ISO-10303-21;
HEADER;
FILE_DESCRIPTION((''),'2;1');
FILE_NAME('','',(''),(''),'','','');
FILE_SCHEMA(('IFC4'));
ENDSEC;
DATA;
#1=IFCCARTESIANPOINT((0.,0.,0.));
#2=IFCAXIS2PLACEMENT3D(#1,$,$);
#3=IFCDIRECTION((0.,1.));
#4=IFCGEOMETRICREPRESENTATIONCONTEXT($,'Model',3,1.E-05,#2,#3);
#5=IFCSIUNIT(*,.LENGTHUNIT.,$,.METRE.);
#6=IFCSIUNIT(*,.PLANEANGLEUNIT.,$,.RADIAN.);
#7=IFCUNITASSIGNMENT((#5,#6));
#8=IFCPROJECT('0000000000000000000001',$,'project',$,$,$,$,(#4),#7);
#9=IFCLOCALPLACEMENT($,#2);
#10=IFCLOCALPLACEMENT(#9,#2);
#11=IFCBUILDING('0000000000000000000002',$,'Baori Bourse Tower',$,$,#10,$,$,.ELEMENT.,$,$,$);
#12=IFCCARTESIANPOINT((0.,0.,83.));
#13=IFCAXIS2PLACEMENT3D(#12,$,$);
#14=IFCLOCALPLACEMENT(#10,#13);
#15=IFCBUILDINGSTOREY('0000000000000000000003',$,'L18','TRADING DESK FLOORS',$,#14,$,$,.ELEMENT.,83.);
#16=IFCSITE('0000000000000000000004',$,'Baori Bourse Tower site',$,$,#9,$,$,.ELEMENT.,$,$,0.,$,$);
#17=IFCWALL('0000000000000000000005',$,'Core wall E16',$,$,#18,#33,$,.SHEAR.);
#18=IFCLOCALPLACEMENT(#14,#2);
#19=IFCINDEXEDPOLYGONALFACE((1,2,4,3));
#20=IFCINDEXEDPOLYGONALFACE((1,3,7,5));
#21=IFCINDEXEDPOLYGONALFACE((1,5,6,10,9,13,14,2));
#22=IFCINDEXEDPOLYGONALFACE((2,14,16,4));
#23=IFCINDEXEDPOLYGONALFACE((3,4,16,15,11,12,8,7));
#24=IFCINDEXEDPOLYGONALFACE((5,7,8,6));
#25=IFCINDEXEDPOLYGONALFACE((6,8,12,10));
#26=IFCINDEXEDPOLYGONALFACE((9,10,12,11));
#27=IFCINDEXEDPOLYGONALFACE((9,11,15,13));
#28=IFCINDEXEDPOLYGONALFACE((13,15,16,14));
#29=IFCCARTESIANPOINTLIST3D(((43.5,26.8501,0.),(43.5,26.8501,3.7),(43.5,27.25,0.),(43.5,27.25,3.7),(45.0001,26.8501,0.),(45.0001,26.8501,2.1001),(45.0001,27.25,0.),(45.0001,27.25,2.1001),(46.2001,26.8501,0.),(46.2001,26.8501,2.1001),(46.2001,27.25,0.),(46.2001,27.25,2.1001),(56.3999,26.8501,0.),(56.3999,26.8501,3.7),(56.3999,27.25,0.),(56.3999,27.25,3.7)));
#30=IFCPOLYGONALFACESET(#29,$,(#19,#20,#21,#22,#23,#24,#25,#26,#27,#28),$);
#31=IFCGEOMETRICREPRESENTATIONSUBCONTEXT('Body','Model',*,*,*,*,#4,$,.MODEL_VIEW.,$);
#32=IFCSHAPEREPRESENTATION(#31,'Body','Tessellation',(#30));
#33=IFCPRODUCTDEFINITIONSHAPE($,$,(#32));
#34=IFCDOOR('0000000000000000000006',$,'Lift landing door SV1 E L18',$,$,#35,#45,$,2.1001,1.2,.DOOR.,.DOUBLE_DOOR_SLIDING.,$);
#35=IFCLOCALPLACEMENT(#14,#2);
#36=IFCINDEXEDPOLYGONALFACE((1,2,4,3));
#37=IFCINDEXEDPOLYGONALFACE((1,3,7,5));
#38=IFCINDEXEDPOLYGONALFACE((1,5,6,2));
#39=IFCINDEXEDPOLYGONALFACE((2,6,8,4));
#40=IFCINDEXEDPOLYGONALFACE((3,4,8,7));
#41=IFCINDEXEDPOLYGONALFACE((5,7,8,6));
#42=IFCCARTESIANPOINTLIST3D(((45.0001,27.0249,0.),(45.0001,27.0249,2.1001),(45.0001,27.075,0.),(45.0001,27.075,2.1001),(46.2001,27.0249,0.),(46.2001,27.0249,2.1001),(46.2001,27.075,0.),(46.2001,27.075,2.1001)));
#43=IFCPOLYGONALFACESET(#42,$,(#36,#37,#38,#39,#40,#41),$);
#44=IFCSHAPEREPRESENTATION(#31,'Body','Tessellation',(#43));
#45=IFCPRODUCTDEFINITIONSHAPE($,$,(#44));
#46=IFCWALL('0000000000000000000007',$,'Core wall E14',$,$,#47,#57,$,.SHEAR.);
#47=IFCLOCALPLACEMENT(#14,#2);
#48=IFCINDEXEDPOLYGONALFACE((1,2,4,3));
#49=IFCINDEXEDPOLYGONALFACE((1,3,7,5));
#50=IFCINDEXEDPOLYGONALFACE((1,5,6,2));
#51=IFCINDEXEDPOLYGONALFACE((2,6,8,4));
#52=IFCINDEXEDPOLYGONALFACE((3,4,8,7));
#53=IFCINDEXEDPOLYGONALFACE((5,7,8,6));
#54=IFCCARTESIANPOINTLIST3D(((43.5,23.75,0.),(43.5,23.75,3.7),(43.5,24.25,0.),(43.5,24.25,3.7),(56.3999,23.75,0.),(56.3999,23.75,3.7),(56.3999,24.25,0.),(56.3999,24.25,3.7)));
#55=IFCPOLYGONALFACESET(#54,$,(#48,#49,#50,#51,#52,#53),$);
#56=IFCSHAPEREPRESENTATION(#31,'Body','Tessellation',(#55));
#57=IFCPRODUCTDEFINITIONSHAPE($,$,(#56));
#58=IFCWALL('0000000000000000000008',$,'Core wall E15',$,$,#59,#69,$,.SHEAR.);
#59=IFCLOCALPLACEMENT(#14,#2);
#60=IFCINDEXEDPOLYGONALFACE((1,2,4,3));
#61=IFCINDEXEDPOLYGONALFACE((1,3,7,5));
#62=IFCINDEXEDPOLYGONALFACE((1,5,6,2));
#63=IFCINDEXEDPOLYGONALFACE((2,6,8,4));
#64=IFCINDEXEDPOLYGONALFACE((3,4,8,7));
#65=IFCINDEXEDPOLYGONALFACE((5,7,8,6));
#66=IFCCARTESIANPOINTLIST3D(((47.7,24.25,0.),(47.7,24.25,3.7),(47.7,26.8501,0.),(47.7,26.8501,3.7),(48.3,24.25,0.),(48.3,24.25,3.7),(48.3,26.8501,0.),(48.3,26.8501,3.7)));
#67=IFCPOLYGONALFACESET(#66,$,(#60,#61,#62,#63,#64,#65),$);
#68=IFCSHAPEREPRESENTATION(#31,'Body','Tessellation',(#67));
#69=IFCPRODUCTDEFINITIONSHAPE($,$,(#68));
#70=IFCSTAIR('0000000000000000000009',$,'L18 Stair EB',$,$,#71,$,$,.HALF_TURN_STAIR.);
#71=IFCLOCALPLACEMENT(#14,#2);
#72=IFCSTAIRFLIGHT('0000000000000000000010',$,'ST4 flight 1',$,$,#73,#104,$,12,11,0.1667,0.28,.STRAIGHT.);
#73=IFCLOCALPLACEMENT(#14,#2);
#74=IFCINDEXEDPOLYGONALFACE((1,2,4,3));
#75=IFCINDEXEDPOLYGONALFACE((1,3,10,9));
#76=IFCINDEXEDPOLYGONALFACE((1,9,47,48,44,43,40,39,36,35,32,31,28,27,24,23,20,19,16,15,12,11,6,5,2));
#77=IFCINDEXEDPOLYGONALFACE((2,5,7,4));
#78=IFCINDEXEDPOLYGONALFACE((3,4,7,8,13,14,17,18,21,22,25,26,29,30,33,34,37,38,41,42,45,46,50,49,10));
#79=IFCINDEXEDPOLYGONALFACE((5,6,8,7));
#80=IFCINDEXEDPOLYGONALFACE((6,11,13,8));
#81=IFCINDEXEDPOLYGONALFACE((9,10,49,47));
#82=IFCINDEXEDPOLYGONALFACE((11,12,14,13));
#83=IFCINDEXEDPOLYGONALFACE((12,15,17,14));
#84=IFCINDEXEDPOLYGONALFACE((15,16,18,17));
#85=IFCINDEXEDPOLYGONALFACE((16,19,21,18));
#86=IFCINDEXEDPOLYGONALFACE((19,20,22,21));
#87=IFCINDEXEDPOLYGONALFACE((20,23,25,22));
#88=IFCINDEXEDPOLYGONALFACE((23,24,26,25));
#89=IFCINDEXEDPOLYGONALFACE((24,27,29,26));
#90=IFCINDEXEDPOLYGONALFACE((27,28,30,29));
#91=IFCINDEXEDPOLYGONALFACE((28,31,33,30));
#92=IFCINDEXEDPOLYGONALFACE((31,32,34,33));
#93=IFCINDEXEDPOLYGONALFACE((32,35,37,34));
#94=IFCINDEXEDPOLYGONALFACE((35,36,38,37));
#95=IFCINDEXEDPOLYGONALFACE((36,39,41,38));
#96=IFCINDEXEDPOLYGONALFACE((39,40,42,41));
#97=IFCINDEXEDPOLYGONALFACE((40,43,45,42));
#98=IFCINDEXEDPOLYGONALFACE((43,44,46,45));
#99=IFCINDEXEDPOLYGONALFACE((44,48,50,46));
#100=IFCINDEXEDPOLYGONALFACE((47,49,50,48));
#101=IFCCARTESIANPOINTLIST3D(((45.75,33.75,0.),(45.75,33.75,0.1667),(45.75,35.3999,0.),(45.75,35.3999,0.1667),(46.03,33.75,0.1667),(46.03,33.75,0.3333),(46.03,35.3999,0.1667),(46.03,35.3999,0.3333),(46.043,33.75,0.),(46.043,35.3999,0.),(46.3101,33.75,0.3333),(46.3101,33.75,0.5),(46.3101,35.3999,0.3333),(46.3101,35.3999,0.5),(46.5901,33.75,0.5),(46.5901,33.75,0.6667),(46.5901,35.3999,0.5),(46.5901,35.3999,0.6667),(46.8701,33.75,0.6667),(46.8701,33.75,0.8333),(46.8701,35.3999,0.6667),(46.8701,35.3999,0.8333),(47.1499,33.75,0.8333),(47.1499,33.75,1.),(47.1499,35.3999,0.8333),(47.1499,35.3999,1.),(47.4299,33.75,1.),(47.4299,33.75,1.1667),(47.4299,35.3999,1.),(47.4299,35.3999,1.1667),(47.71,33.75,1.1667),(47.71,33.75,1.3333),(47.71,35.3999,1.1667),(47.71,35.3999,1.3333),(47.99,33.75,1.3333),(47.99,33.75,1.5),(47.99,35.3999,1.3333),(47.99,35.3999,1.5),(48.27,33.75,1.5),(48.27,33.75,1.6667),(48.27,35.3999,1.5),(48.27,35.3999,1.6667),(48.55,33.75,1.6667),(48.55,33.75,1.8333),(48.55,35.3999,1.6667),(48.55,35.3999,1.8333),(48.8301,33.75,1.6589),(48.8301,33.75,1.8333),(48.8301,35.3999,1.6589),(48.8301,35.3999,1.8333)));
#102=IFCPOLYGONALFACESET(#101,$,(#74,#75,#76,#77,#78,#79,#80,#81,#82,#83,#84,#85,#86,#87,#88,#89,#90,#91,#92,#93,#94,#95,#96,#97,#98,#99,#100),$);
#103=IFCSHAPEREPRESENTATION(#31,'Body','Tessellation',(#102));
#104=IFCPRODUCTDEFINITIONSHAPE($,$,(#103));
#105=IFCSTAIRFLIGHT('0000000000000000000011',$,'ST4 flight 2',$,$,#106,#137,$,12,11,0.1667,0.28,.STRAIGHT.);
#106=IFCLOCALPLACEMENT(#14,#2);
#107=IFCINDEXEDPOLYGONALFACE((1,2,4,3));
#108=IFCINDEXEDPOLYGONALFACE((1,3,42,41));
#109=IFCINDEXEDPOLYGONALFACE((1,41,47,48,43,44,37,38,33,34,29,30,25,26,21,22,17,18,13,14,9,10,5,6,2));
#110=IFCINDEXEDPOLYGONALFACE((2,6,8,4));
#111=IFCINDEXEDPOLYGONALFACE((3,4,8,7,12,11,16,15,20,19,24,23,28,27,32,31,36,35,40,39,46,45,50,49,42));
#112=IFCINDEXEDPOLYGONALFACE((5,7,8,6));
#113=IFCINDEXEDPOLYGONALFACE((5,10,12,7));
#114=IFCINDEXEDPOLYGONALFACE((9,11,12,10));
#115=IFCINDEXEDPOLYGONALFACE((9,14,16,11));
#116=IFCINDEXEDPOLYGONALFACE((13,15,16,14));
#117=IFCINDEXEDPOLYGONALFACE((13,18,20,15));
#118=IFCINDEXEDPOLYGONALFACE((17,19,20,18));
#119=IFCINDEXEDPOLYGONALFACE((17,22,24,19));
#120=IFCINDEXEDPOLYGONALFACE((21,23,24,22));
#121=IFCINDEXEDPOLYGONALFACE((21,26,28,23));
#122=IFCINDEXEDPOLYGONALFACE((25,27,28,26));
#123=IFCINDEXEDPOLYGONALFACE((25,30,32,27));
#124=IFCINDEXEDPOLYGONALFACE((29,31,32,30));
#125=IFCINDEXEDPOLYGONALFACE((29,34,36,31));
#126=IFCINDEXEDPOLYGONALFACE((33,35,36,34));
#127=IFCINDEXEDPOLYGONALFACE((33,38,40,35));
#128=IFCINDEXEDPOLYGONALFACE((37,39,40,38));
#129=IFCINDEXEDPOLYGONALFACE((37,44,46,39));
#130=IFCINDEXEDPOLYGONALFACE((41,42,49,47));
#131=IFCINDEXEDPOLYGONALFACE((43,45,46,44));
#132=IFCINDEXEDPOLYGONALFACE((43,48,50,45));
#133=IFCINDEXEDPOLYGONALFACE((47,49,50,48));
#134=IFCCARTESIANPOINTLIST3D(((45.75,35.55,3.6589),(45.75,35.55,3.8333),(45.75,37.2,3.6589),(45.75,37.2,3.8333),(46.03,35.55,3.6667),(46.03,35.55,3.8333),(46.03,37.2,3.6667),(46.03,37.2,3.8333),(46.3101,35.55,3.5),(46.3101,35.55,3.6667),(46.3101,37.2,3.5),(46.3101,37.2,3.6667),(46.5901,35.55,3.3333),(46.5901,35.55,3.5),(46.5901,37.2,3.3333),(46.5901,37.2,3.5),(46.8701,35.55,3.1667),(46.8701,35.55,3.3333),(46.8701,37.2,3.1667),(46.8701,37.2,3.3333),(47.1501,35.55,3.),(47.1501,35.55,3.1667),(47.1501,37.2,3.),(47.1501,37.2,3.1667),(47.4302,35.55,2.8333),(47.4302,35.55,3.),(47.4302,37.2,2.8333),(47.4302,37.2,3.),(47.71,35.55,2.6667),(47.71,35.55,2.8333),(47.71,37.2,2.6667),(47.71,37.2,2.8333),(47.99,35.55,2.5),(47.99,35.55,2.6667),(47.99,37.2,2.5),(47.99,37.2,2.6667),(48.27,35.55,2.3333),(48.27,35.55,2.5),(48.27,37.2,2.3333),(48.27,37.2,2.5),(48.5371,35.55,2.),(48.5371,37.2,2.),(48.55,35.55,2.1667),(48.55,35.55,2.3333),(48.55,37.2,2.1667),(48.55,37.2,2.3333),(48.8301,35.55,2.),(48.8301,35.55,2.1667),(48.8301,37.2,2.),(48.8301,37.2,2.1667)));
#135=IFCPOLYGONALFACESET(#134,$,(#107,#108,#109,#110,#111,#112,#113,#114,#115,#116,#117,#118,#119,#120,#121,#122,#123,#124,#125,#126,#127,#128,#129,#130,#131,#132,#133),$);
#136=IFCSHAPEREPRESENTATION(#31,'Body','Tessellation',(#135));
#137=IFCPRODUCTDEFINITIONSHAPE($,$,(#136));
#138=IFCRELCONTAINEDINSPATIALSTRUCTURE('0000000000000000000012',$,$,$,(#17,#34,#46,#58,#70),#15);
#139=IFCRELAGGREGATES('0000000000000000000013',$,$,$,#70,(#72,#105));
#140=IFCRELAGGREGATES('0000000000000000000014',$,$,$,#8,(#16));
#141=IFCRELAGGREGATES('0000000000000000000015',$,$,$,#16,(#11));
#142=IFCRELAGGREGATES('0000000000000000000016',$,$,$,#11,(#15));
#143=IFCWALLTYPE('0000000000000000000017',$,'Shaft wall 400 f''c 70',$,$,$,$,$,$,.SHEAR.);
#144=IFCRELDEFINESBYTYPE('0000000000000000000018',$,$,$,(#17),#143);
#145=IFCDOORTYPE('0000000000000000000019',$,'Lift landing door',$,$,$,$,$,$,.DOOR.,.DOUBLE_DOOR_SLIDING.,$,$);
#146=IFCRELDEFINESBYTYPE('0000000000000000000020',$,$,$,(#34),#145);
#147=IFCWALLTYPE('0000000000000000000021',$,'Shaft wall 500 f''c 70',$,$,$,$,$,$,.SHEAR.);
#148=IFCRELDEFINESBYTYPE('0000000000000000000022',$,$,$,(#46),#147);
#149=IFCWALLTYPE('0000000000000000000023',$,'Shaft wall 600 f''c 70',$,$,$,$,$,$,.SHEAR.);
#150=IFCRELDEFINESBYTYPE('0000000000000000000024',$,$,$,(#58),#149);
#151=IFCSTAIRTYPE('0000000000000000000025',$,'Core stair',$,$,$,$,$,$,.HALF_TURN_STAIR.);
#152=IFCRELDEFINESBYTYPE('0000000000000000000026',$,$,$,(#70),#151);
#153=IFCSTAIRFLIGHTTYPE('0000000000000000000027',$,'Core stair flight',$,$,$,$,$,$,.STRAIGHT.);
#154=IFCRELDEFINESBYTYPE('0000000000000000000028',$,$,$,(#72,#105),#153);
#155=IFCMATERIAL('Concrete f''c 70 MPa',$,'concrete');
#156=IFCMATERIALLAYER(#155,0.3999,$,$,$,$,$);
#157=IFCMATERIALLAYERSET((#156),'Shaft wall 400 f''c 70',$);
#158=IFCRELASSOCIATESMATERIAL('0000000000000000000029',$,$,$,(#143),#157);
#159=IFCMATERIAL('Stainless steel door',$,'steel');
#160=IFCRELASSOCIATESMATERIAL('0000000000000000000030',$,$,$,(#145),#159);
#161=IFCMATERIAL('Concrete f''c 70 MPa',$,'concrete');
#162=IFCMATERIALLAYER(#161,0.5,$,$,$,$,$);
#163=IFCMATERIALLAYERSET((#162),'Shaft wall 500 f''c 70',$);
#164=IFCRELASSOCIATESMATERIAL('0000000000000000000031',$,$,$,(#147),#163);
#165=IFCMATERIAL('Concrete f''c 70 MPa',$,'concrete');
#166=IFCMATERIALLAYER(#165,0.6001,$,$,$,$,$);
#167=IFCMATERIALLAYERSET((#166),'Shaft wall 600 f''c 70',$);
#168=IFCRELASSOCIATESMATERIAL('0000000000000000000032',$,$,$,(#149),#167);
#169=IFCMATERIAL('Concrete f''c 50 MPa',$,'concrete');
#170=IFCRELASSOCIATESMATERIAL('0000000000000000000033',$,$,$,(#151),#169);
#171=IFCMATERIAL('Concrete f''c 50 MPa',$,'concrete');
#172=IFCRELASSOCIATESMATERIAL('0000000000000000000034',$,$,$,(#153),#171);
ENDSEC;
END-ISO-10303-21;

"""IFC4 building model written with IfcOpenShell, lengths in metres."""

from ifc_helpers import new_model, si_unit, direction, frame, frame_2d, origin, place, context, subcontext, project, spatial, polyline, rectangle, outline, extrude, material, layer, layer_set, type_object, element, fill, aggregate, save


model = new_model("IFC4")

# Units and contexts
model_context = context("Model", 3, precision=1e-05, world=origin(), true_north=direction((0.0, 1.0)))
body_context = subcontext(model_context, "Body", "Model", "MODEL_VIEW")
ifc_project = project(units=[si_unit("LENGTHUNIT", "METRE"), si_unit("PLANEANGLEUNIT", "RADIAN")], contexts=[model_context])

# Site, building, storey
site_placement = place(None, origin())
site = spatial("IfcSite", under=ifc_project, at=site_placement, Name="Baori Bourse Tower site", CompositionType="ELEMENT", RefElevation=0.0)
building_placement = place(site_placement, origin())
building = spatial("IfcBuilding", under=site, at=building_placement, Name="Baori Bourse Tower", CompositionType="ELEMENT")
storey_placement = place(building_placement, frame((0.0, 0.0, 83.0)))
storey = spatial("IfcBuildingStorey", under=building, at=storey_placement, Name="L18", Description="TRADING DESK FLOORS", CompositionType="ELEMENT", Elevation=83.0)

# Wall, opening, door
ifc_material_1 = material(Name="Concrete f'c 70 MPa", Category="concrete")
ifc_layer_1 = layer(ifc_material_1, 0.3999)
ifc_layer_set_1 = layer_set([ifc_layer_1], Name="Shaft wall 400 f'c 70")
wall_type_1 = type_object("IfcWallType", Name="Shaft wall 400 f'c 70", PredefinedType="SHEAR", material=ifc_layer_set_1)
wall_1_placement = place(storey_placement, frame((43.5, 27.05, 0.0), z_axis=(0.0, 0.0, 1.0), x_axis=(1.0, 0.0, 0.0)))
wall_1 = element("IfcWall", 1, at=wall_1_placement, inside=storey, type_object=wall_type_1, Name="Core wall E16", PredefinedType="SHEAR", context=body_context, shape_type="SweptSolid", body=[
    extrude(rectangle(XDim=12.8999, YDim=0.3999, at=frame_2d((6.45, 0.0))), origin(), (0.0, 0.0, 1.0), 3.7),
])
opening_1_placement = place(wall_1_placement, frame((1.5, 0.0, 0.0)))
opening_1 = element("IfcOpeningElement", 2, at=opening_1_placement, cuts=wall_1, PredefinedType="OPENING", context=body_context, shape_type="SweptSolid", body=[
    extrude(rectangle(XDim=1.2, YDim=2.1001, at=frame_2d((0.6001, 1.05))), frame((0.0, 0.21, 0.0), z_axis=(0.0, -1.0, 0.0), x_axis=(1.0, 0.0, 0.0)), (0.0, 0.0, 1.0), 0.4199),
])
ifc_material_2 = material(Name="Stainless steel door", Category="steel")
door_type_1 = type_object("IfcDoorType", Name="Lift landing door", OperationType="DOUBLE_DOOR_SLIDING", PredefinedType="DOOR", material=ifc_material_2)
door_1_placement = place(opening_1_placement, origin())
door_1 = element("IfcDoor", 3, at=door_1_placement, inside=storey, type_object=door_type_1, Name="Lift landing door SV1 E L18", OperationType="DOUBLE_DOOR_SLIDING", OverallHeight=2.1001, OverallWidth=1.2, PredefinedType="DOOR", context=body_context, shape_type="SweptSolid", body=[
    extrude(rectangle(XDim=1.2, YDim=2.1001, at=frame_2d((0.6001, 1.05))), frame((0.0, 0.0249, 0.0), z_axis=(0.0, -1.0, 0.0), x_axis=(1.0, 0.0, 0.0)), (0.0, 0.0, 1.0), 0.05),
])
fill(opening_1, door_1)

# Walls
ifc_material_3 = material(Name="Concrete f'c 70 MPa", Category="concrete")
ifc_layer_2 = layer(ifc_material_3, 0.5)
ifc_layer_set_2 = layer_set([ifc_layer_2], Name="Shaft wall 500 f'c 70")
wall_type_2 = type_object("IfcWallType", Name="Shaft wall 500 f'c 70", PredefinedType="SHEAR", material=ifc_layer_set_2)
wall_2_placement = place(storey_placement, frame((43.5, 24.0, 0.0), z_axis=(0.0, 0.0, 1.0), x_axis=(1.0, 0.0, 0.0)))
element("IfcWall", 4, at=wall_2_placement, inside=storey, type_object=wall_type_2, Name="Core wall E14", PredefinedType="SHEAR", context=body_context, shape_type="SweptSolid", body=[
    extrude(rectangle(XDim=12.8999, YDim=0.5, at=frame_2d((6.45, 0.0))), origin(), (0.0, 0.0, 1.0), 3.7),
])
ifc_material_4 = material(Name="Concrete f'c 70 MPa", Category="concrete")
ifc_layer_3 = layer(ifc_material_4, 0.6001)
ifc_layer_set_3 = layer_set([ifc_layer_3], Name="Shaft wall 600 f'c 70")
wall_type_3 = type_object("IfcWallType", Name="Shaft wall 600 f'c 70", PredefinedType="SHEAR", material=ifc_layer_set_3)
wall_3_placement = place(storey_placement, frame((48.0, 24.25, 0.0), z_axis=(0.0, 0.0, 1.0), x_axis=(0.0, 1.0, 0.0)))
element("IfcWall", 5, at=wall_3_placement, inside=storey, type_object=wall_type_3, Name="Core wall E15", PredefinedType="SHEAR", context=body_context, shape_type="SweptSolid", body=[
    extrude(rectangle(XDim=2.6001, YDim=0.6001, at=frame_2d((1.3, 0.0))), origin(), (0.0, 0.0, 1.0), 3.7),
])

# Stair, stair flights
ifc_material_5 = material(Name="Concrete f'c 50 MPa", Category="concrete")
stair_type = type_object("IfcStairType", Name="Core stair", PredefinedType="HALF_TURN_STAIR", material=ifc_material_5)
stair_placement = place(storey_placement, origin())
stair = element("IfcStair", 6, at=stair_placement, inside=storey, type_object=stair_type, Name="L18 Stair EB", PredefinedType="HALF_TURN_STAIR")
ifc_material_6 = material(Name="Concrete f'c 50 MPa", Category="concrete")
stair_flight_type = type_object("IfcStairFlightType", Name="Core stair flight", PredefinedType="STRAIGHT", material=ifc_material_6)
stair_flight_1_placement = place(storey_placement, frame((45.75, 34.575, 0.0), z_axis=(0.0, 0.0, 1.0), x_axis=(1.0, 0.0, 0.0)))
stair_flight_1 = element("IfcStairFlight", 7, at=stair_flight_1_placement, type_object=stair_flight_type, Name="ST4 flight 1", NumberOfRisers=12, NumberOfTreads=11, PredefinedType="STRAIGHT", RiserHeight=0.1667, TreadLength=0.28, context=body_context, shape_type="SweptSolid", body=[
    extrude(outline(polyline([(0.0, 0.0), (0.0, 0.1667), (0.28, 0.1667), (0.28, 0.3333), (0.5601, 0.3333), (0.5601, 0.5), (0.8401, 0.5), (0.8401, 0.6667), (1.1201, 0.6667), (1.1201, 0.8333), (1.3999, 0.8333), (1.3999, 1.0), (1.6799, 1.0), (1.6799, 1.1667), (1.96, 1.1667), (1.96, 1.3333), (2.24, 1.3333), (2.24, 1.5), (2.52, 1.5), (2.52, 1.6667), (2.8, 1.6667), (2.8, 1.8333), (3.0801, 1.8333), (3.0801, 2.0), (3.0801, 1.6589), (0.293, 0.0), (0.0, 0.0)])), frame((0.0, 0.825, 0.0), z_axis=(0.0, -1.0, 0.0), x_axis=(1.0, 0.0, 0.0)), (0.0, 0.0, 1.0), 1.6499),
])
stair_flight_2_placement = place(storey_placement, frame((48.8301, 36.375, 2.0), z_axis=(0.0, 0.0, 1.0), x_axis=(-1.0, 0.0, 0.0)))
stair_flight_2 = element("IfcStairFlight", 8, at=stair_flight_2_placement, type_object=stair_flight_type, Name="ST4 flight 2", NumberOfRisers=12, NumberOfTreads=11, PredefinedType="STRAIGHT", RiserHeight=0.1667, TreadLength=0.28, context=body_context, shape_type="SweptSolid", body=[
    extrude(outline(polyline([(0.0, 0.0), (0.0, 0.1667), (0.28, 0.1667), (0.28, 0.3333), (0.5601, 0.3333), (0.5601, 0.5), (0.8401, 0.5), (0.8401, 0.6667), (1.1201, 0.6667), (1.1201, 0.8333), (1.3999, 0.8333), (1.3999, 1.0), (1.6799, 1.0), (1.6799, 1.1667), (1.96, 1.1667), (1.96, 1.3333), (2.24, 1.3333), (2.24, 1.5), (2.52, 1.5), (2.52, 1.6667), (2.8, 1.6667), (2.8, 1.8333), (3.0801, 1.8333), (3.0801, 2.0), (3.0801, 1.6589), (0.293, 0.0), (0.0, 0.0)])), frame((0.0, 0.825, 0.0), z_axis=(0.0, -1.0, 0.0), x_axis=(1.0, 0.0, 0.0)), (0.0, 0.0, 1.0), 1.6499),
])
aggregate(stair, [stair_flight_1, stair_flight_2])

save(model, "model.ifc")
